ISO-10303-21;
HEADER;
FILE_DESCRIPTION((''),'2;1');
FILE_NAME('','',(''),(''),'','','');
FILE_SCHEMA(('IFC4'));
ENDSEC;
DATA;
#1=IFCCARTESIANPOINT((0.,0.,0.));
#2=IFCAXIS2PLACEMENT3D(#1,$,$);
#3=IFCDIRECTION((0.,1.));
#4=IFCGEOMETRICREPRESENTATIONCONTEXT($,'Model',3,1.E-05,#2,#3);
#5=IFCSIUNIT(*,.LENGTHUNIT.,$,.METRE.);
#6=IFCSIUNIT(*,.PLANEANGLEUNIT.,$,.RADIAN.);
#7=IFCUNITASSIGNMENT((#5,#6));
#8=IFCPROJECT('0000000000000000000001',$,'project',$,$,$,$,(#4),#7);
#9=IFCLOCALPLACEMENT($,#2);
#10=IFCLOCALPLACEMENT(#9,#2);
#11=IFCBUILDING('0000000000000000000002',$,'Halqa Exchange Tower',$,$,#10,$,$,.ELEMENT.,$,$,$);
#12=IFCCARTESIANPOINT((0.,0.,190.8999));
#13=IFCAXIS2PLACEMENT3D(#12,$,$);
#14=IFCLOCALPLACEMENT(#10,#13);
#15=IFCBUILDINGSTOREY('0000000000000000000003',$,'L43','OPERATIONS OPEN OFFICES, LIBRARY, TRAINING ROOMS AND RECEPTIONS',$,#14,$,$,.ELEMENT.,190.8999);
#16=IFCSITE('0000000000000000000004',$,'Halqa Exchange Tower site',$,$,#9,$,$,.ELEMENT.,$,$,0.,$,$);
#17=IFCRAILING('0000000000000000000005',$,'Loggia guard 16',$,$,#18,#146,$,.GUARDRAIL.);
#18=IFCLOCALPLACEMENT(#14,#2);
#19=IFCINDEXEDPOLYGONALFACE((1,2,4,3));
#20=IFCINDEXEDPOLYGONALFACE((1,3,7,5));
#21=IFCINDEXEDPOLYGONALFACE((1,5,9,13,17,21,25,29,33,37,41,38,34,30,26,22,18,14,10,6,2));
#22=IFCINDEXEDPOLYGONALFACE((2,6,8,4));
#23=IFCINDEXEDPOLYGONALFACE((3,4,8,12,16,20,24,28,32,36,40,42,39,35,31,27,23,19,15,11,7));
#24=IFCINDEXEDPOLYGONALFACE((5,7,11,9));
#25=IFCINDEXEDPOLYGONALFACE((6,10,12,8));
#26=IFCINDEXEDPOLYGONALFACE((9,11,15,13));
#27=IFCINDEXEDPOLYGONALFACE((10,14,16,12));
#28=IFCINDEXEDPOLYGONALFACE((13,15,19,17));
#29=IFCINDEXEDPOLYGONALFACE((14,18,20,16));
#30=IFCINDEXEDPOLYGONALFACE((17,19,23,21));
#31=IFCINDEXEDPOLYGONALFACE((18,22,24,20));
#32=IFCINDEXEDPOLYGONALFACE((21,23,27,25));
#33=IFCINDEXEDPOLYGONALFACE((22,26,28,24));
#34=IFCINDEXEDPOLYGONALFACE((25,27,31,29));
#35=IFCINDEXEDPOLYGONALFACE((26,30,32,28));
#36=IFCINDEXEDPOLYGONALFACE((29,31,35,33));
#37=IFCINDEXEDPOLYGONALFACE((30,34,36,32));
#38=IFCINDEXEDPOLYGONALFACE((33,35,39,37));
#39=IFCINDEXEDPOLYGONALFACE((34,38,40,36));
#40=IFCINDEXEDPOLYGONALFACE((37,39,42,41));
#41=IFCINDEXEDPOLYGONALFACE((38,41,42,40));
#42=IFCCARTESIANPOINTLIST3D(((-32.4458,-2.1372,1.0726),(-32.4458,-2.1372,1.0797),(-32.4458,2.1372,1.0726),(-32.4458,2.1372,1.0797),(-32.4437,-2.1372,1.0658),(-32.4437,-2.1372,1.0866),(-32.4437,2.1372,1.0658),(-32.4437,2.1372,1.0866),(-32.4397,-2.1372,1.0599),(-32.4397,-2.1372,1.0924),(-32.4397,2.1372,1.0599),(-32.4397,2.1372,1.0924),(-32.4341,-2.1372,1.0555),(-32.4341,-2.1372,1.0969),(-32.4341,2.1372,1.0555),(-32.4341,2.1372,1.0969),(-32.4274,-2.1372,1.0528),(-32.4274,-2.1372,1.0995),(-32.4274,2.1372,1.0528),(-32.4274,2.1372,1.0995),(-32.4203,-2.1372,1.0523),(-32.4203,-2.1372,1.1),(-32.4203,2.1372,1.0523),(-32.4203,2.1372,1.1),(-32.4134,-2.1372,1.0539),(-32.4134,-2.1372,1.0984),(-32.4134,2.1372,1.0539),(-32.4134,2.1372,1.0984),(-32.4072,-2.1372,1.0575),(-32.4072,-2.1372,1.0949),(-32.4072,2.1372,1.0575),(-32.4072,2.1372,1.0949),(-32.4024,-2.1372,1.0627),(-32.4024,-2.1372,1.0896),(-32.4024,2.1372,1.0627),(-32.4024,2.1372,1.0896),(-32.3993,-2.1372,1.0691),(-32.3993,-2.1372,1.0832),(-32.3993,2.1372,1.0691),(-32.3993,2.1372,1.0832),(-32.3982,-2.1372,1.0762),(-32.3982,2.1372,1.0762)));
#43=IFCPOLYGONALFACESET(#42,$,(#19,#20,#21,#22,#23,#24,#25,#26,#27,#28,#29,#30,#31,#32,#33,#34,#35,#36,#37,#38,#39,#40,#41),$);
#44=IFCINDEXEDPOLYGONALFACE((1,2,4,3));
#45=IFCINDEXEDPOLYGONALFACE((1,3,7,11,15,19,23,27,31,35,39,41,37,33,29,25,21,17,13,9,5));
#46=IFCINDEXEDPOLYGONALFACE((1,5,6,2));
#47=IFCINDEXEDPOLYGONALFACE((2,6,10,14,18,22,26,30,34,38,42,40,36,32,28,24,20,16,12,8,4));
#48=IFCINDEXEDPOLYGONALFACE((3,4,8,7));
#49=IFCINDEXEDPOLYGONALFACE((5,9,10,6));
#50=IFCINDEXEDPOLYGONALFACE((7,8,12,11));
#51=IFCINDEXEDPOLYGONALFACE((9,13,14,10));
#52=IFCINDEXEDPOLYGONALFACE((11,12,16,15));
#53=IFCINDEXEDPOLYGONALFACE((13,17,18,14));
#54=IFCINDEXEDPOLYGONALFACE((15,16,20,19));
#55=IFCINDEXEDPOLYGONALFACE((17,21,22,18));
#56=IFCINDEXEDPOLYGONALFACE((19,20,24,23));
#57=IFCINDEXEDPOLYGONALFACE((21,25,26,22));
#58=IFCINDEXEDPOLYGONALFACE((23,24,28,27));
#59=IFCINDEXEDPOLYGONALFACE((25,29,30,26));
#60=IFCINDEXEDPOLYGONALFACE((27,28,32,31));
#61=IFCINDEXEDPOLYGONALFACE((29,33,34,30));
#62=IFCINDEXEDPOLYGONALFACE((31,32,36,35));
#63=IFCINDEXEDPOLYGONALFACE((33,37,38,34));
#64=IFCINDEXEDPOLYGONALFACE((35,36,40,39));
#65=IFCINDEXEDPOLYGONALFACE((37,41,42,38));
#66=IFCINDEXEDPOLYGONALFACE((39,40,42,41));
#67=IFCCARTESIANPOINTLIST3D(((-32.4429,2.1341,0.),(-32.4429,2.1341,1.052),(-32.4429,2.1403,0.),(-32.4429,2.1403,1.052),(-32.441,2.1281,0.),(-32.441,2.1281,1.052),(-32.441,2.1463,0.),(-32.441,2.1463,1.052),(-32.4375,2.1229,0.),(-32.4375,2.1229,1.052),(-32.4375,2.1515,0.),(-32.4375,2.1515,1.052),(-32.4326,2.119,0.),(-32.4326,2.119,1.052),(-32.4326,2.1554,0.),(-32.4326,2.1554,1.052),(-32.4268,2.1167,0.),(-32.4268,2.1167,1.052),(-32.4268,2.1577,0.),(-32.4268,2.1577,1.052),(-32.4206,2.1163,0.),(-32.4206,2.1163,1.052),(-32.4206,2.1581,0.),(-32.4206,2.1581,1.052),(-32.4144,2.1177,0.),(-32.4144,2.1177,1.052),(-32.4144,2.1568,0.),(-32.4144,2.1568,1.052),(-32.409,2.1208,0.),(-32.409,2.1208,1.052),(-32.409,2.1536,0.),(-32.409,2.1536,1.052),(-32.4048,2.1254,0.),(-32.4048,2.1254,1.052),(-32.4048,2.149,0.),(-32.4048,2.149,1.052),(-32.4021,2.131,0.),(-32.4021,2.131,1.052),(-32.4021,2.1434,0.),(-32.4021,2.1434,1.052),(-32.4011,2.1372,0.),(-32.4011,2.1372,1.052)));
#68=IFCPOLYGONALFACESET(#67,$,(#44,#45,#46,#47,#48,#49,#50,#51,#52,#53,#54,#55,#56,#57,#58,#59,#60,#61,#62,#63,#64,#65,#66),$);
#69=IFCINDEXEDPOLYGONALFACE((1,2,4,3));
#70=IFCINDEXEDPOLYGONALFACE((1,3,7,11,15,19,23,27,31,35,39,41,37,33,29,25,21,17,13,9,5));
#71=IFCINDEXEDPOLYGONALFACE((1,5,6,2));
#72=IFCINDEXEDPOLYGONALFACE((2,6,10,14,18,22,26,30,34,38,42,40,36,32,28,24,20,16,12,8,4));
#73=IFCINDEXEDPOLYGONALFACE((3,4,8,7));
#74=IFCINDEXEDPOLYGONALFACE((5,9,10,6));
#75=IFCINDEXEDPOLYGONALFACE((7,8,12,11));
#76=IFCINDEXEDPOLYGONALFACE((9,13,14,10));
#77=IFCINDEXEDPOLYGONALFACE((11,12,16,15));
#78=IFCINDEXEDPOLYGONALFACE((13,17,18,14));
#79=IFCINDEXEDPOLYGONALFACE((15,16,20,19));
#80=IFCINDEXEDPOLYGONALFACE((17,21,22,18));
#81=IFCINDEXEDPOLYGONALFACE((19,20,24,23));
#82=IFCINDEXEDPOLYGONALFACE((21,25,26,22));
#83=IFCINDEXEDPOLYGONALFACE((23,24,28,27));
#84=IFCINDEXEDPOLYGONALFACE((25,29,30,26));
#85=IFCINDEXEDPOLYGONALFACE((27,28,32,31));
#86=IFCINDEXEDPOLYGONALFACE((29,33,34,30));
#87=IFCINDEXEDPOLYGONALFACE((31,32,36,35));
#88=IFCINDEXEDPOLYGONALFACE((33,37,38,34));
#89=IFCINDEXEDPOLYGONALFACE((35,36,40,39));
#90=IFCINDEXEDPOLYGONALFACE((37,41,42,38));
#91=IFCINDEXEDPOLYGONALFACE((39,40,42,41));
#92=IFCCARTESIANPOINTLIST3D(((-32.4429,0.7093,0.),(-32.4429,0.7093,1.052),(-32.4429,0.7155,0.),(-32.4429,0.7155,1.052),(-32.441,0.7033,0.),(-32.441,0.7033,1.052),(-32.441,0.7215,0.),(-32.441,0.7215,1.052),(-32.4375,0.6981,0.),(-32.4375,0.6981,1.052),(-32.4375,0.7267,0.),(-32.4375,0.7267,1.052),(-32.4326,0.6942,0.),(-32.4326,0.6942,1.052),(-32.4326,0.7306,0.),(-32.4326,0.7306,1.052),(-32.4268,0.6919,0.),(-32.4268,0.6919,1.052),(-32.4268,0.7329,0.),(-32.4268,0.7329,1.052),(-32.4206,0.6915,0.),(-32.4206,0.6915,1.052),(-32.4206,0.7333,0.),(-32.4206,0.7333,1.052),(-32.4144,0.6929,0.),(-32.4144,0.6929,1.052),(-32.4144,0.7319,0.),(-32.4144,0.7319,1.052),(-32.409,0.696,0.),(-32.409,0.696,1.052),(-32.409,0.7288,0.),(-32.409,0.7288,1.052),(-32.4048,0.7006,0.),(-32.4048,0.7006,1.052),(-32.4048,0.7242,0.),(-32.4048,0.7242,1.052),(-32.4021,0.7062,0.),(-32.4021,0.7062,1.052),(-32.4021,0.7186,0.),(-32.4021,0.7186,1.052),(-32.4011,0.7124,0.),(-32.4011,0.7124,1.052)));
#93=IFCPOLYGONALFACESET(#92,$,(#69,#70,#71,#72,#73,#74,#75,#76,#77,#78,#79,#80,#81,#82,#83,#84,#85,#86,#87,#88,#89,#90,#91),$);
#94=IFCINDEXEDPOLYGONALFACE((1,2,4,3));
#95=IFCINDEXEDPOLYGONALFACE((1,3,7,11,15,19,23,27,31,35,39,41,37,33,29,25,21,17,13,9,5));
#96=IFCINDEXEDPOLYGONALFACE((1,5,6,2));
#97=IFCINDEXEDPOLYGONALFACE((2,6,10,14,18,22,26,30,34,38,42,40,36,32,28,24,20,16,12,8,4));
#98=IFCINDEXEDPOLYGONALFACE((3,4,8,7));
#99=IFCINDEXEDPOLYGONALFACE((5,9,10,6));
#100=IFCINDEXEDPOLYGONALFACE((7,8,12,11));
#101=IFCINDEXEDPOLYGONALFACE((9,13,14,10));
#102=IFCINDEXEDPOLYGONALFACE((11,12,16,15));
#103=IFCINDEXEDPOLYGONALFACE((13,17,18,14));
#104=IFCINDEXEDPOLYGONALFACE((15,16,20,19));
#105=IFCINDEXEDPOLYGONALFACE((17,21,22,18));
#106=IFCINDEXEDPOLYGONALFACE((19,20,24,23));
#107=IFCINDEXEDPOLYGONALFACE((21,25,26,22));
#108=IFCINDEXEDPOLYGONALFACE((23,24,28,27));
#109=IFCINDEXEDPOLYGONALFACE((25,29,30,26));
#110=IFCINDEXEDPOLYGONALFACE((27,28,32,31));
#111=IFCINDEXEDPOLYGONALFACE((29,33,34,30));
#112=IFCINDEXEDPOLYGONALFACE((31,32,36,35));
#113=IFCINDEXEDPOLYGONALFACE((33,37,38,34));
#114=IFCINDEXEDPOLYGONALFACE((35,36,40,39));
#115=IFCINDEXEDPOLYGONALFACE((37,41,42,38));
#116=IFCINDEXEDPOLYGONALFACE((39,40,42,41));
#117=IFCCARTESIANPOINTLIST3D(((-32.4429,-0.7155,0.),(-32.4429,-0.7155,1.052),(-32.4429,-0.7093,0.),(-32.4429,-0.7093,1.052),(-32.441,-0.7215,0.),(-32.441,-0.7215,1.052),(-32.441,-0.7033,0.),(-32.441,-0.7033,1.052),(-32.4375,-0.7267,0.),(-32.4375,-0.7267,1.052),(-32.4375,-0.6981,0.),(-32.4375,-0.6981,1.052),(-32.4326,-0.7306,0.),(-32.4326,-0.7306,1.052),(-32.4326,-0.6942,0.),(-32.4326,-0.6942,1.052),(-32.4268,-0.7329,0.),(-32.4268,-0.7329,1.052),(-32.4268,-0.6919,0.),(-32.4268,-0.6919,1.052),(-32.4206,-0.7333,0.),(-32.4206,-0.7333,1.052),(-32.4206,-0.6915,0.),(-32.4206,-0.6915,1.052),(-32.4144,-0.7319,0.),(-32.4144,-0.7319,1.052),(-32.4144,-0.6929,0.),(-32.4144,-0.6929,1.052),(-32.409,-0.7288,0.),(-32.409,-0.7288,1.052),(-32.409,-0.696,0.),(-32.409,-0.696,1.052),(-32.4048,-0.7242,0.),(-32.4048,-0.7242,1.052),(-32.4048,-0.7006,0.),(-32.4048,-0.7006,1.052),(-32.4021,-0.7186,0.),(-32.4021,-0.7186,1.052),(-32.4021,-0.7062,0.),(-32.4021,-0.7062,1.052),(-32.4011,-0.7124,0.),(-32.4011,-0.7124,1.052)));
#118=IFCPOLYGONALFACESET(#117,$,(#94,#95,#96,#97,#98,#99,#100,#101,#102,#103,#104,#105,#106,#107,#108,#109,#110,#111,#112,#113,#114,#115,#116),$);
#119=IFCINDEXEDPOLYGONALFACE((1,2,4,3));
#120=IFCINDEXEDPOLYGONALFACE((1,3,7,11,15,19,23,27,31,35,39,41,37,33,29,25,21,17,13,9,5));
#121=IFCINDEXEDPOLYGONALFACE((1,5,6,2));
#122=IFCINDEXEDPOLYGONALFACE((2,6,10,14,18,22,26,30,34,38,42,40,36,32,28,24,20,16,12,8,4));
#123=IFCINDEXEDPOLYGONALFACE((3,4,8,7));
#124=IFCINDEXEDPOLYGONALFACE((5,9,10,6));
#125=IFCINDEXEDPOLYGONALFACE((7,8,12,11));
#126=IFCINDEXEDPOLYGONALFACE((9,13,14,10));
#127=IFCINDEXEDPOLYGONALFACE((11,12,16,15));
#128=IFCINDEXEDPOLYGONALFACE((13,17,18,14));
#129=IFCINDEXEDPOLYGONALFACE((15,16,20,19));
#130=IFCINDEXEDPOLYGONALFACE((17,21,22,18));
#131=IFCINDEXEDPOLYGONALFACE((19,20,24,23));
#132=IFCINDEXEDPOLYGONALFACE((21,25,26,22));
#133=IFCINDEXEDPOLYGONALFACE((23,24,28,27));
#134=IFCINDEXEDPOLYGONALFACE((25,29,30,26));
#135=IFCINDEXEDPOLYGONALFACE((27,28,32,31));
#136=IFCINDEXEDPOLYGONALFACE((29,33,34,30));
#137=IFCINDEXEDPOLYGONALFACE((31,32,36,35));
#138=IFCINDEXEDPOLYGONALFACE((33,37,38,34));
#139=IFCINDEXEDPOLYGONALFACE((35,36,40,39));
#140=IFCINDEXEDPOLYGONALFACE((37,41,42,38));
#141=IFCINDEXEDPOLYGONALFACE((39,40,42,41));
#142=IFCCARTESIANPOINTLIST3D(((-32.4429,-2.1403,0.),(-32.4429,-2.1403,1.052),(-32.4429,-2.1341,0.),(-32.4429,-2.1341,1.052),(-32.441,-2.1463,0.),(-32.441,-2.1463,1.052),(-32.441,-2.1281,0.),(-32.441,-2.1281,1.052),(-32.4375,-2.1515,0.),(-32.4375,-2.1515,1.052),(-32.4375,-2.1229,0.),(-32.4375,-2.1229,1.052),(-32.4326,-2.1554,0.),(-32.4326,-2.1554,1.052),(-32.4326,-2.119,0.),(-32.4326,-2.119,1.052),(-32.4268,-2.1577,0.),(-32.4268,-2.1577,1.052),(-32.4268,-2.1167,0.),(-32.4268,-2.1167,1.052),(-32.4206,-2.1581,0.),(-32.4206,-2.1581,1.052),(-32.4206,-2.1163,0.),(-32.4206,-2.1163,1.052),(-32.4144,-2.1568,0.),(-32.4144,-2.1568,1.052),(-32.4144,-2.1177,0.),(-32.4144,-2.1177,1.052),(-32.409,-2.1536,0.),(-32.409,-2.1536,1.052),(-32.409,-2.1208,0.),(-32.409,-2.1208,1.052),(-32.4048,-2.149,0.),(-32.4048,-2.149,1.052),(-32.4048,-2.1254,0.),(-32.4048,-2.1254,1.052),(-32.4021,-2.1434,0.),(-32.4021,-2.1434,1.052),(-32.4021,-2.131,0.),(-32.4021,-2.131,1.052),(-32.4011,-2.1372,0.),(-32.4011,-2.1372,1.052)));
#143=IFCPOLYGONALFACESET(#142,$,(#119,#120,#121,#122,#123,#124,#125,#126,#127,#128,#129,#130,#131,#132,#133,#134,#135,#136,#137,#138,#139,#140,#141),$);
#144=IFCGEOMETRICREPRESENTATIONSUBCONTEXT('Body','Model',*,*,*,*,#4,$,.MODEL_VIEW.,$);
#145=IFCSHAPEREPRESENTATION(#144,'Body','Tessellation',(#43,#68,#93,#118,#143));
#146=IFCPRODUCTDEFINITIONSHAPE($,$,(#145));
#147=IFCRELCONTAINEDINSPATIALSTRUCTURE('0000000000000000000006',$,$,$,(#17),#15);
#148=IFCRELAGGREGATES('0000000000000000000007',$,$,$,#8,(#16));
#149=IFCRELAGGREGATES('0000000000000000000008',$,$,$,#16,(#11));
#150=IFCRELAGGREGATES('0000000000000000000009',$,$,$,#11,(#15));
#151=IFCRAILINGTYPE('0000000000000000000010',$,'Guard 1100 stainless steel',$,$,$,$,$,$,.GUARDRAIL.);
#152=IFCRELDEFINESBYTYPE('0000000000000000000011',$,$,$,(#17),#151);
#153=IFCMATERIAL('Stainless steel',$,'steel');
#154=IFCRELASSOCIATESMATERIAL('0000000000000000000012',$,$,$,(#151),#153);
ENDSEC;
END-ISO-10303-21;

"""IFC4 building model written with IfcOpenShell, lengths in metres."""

from ifc_helpers import new_model, si_unit, direction, frame, origin, origin_2d, place, context, subcontext, project, spatial, circle, extrude, material, type_object, element, save


model = new_model("IFC4")

# Units and contexts
model_context = context("Model", 3, precision=1e-05, world=origin(), true_north=direction((0.0, 1.0)))
body_context = subcontext(model_context, "Body", "Model", "MODEL_VIEW")
ifc_project = project(units=[si_unit("LENGTHUNIT", "METRE"), si_unit("PLANEANGLEUNIT", "RADIAN")], contexts=[model_context])

# Site, building, storey
site_placement = place(None, origin())
site = spatial("IfcSite", under=ifc_project, at=site_placement, Name="Halqa Exchange Tower site", CompositionType="ELEMENT", RefElevation=0.0)
building_placement = place(site_placement, origin())
building = spatial("IfcBuilding", under=site, at=building_placement, Name="Halqa Exchange Tower", CompositionType="ELEMENT")
storey_placement = place(building_placement, frame((0.0, 0.0, 190.8999)))
storey = spatial("IfcBuildingStorey", under=building, at=storey_placement, Name="L43", Description="OPERATIONS OPEN OFFICES, LIBRARY, TRAINING ROOMS AND RECEPTIONS", CompositionType="ELEMENT", Elevation=190.8999)

# Railing
ifc_material_1 = material(Name="Stainless steel", Category="steel")
railing_type = type_object("IfcRailingType", Name="Guard 1100 stainless steel", PredefinedType="GUARDRAIL", material=ifc_material_1)
railing_1_placement = place(storey_placement, frame((-32.4221, 2.1372, 0.0)))
element("IfcRailing", 1, at=railing_1_placement, inside=storey, type_object=railing_type, Name="Loggia guard 16", PredefinedType="GUARDRAIL", context=body_context, shape_type="SweptSolid", body=[
    extrude(circle(Radius=0.0239, at=origin_2d()), frame((0.0, 0.0, 1.0762), z_axis=(0.0, -1.0, 0.0), x_axis=(1.0, 0.0, 0.0)), (0.0, 0.0, 1.0), 4.2744),
    extrude(circle(Radius=0.021, at=origin_2d()), origin(), (0.0, 0.0, 1.0), 1.052),
    extrude(circle(Radius=0.021, at=origin_2d()), frame((0.0, -1.4248, 0.0)), (0.0, 0.0, 1.0), 1.052),
    extrude(circle(Radius=0.021, at=origin_2d()), frame((0.0, -2.8496, 0.0)), (0.0, 0.0, 1.0), 1.052),
    extrude(circle(Radius=0.021, at=origin_2d()), frame((0.0, -4.2744, 0.0)), (0.0, 0.0, 1.0), 1.052),
])

save(model, "model.ifc")
